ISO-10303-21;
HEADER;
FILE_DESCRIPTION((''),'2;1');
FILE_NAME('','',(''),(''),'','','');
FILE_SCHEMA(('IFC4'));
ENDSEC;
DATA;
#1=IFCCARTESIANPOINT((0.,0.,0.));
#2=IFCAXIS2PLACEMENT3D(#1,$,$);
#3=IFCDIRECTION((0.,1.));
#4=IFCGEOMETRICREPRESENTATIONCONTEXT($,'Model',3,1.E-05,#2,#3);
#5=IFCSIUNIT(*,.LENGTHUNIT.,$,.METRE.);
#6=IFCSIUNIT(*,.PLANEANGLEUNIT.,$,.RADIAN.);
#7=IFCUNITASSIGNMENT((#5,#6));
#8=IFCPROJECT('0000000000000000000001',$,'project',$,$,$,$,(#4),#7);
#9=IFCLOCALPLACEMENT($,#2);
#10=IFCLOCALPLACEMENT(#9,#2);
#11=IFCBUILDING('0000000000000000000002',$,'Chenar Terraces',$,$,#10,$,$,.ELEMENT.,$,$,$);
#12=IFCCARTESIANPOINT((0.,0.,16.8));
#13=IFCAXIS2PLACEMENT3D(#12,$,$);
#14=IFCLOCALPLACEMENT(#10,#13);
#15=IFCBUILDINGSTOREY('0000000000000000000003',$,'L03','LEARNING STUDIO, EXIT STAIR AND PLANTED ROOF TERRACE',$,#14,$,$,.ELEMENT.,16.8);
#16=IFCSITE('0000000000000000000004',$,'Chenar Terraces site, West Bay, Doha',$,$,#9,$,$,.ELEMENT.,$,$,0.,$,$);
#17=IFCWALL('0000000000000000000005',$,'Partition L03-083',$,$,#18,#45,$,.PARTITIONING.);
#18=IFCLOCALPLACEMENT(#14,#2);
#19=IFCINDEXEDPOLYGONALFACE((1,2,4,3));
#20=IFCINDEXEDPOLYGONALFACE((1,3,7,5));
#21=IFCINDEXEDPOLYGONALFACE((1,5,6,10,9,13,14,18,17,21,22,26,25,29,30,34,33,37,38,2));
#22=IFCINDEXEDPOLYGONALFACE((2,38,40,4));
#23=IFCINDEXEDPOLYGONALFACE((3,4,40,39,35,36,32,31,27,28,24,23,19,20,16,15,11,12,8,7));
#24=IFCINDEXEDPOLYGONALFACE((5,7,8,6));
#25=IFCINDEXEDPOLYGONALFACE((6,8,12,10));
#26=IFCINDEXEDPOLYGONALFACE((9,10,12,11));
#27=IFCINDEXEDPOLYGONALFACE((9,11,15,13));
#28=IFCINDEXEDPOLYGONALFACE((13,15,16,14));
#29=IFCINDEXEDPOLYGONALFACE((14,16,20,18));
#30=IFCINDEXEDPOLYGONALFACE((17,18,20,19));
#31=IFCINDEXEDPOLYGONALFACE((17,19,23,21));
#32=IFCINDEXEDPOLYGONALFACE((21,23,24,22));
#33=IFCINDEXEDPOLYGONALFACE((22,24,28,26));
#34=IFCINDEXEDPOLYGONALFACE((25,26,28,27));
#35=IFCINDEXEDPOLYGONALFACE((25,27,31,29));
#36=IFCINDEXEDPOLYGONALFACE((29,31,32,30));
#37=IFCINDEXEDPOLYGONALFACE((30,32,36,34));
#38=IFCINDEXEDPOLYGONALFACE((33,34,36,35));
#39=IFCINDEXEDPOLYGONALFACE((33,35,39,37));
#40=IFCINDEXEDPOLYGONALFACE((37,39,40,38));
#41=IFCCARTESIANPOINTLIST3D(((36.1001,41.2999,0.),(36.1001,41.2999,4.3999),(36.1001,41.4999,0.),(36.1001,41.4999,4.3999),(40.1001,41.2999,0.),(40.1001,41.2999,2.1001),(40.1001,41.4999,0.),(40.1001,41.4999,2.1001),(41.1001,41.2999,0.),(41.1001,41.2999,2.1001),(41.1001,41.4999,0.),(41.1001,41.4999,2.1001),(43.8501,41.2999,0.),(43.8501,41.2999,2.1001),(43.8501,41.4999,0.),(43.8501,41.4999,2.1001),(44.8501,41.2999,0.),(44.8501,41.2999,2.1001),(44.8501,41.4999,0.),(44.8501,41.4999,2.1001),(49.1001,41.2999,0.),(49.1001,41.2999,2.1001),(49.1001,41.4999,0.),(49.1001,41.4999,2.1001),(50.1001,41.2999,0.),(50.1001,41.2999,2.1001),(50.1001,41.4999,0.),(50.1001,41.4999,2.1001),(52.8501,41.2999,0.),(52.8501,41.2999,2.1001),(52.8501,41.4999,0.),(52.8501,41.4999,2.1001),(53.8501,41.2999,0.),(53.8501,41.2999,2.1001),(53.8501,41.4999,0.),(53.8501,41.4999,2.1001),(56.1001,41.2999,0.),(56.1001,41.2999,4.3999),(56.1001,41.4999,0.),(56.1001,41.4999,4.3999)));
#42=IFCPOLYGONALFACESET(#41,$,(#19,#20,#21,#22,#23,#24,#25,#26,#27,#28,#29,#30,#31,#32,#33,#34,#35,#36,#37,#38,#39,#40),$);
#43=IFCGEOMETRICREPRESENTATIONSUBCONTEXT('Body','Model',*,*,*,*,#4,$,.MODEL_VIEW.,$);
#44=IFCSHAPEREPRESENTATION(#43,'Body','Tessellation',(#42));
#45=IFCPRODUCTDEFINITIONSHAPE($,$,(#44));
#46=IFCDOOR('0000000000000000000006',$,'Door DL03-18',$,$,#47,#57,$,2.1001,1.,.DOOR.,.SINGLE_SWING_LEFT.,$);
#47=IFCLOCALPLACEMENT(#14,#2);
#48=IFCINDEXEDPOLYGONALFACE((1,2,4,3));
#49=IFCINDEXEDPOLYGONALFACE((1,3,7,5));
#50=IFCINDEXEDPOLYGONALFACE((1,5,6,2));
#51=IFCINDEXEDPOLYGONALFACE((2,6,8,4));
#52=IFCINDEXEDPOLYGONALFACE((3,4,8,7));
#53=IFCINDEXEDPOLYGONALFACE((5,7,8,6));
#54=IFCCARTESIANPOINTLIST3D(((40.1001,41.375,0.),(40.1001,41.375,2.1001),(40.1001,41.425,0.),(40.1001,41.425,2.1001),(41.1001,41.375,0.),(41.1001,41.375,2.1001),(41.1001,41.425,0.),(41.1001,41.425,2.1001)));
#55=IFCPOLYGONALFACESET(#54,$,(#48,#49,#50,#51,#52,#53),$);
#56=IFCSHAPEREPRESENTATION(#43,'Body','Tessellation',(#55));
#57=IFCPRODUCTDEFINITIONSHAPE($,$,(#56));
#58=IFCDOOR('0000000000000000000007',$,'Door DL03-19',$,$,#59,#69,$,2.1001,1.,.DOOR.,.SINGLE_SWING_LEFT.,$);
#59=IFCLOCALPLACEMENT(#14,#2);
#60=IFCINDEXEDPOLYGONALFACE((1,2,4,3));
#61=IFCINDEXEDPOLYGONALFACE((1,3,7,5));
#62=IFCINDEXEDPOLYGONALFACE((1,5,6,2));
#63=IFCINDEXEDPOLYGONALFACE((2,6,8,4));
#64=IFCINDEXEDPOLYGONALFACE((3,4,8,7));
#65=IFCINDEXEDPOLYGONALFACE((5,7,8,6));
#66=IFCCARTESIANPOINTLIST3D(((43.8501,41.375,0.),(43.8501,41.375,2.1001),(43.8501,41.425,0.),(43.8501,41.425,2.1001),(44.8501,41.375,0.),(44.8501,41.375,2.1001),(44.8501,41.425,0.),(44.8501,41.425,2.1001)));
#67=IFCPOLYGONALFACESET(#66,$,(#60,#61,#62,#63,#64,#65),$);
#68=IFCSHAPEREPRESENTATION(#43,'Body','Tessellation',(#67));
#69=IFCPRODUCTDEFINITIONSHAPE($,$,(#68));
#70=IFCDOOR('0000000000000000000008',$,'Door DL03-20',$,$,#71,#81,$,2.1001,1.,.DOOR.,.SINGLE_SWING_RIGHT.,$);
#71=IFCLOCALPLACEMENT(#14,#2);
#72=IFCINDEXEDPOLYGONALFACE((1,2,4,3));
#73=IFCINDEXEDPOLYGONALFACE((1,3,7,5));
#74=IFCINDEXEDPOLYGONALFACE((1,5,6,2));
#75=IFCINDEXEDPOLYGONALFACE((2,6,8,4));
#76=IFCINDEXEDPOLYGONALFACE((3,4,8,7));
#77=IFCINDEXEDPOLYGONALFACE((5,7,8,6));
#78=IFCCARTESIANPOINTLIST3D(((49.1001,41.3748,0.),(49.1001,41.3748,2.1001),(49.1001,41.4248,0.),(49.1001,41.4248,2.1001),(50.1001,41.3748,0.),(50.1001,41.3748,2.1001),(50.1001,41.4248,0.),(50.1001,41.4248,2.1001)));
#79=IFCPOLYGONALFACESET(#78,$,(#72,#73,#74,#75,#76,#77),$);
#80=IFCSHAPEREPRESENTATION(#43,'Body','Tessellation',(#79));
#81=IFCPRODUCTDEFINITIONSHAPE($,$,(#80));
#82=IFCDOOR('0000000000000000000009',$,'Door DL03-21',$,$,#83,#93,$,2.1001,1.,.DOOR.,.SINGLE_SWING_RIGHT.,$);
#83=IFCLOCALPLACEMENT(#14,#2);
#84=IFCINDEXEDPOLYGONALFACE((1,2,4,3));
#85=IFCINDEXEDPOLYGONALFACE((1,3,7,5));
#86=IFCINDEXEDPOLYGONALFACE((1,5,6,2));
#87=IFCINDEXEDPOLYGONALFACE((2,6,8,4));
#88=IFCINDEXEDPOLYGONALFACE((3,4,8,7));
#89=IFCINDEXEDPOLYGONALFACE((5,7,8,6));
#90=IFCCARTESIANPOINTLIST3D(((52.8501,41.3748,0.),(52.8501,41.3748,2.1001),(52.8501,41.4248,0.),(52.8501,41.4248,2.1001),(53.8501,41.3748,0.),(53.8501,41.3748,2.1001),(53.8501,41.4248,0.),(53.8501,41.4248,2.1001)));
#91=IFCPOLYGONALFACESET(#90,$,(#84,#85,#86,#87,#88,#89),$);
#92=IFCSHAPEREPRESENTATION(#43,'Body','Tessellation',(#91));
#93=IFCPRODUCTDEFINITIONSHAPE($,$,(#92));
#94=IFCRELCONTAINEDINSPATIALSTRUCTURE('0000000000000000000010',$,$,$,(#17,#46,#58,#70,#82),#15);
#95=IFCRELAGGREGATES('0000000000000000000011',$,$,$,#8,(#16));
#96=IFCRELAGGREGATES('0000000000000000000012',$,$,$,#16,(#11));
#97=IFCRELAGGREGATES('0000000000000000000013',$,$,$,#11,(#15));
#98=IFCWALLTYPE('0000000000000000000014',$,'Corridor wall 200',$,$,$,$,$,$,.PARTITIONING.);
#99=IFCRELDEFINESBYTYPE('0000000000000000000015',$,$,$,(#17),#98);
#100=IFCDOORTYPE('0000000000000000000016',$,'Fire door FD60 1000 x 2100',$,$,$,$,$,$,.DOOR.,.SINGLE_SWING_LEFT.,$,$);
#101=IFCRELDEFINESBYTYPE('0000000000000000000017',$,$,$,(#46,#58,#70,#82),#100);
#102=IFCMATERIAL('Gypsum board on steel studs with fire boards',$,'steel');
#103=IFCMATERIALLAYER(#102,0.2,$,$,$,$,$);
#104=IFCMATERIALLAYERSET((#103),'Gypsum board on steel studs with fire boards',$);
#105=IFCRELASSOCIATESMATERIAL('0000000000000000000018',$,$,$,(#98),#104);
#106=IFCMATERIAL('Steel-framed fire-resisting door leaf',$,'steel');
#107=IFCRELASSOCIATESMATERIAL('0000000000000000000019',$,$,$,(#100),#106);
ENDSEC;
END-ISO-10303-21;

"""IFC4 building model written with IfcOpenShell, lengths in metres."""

from ifc_helpers import new_model, si_unit, direction, frame, frame_2d, origin, place, context, subcontext, project, spatial, rectangle, extrude, material, layer, layer_set, type_object, element, fill, save


model = new_model("IFC4")

# Units and contexts
model_context = context("Model", 3, precision=1e-05, world=origin(), true_north=direction((0.0, 1.0)))
body_context = subcontext(model_context, "Body", "Model", "MODEL_VIEW")
ifc_project = project(units=[si_unit("LENGTHUNIT", "METRE"), si_unit("PLANEANGLEUNIT", "RADIAN")], contexts=[model_context])

# Site, building, storey
site_placement = place(None, origin())
site = spatial("IfcSite", under=ifc_project, at=site_placement, Name="Chenar Terraces site, West Bay, Doha", CompositionType="ELEMENT", RefElevation=0.0)
building_placement = place(site_placement, origin())
building = spatial("IfcBuilding", under=site, at=building_placement, Name="Chenar Terraces", CompositionType="ELEMENT")
storey_placement = place(building_placement, frame((0.0, 0.0, 16.8)))
storey = spatial("IfcBuildingStorey", under=building, at=storey_placement, Name="L03", Description="LEARNING STUDIO, EXIT STAIR AND PLANTED ROOF TERRACE", CompositionType="ELEMENT", Elevation=16.8)

# Wall, openings, doors
ifc_material_1 = material(Name="Gypsum board on steel studs with fire boards", Category="steel")
ifc_layer_1 = layer(ifc_material_1, 0.2)
ifc_layer_set_1 = layer_set([ifc_layer_1], Name="Gypsum board on steel studs with fire boards")
wall_type_1 = type_object("IfcWallType", Name="Corridor wall 200", PredefinedType="PARTITIONING", material=ifc_layer_set_1)
ifc_material_2 = material(Name="Steel-framed fire-resisting door leaf", Category="steel")
door_type = type_object("IfcDoorType", Name="Fire door FD60 1000 x 2100", OperationType="SINGLE_SWING_LEFT", PredefinedType="DOOR", material=ifc_material_2)
wall_1_placement = place(storey_placement, frame((36.1001, 41.3999, 0.0), z_axis=(0.0, 0.0, 1.0), x_axis=(1.0, 0.0, 0.0)))
wall_1 = element("IfcWall", 1, at=wall_1_placement, inside=storey, type_object=wall_type_1, Name="Partition L03-083", PredefinedType="PARTITIONING", context=body_context, shape_type="SweptSolid", body=[
    extrude(rectangle(XDim=20.0, YDim=0.2, at=frame_2d((10.0, 0.0))), origin(), (0.0, 0.0, 1.0), 4.3999),
])
opening_1_placement = place(wall_1_placement, frame((4.0, 0.0, 0.0)))
opening_1 = element("IfcOpeningElement", 2, at=opening_1_placement, cuts=wall_1, PredefinedType="OPENING", context=body_context, shape_type="SweptSolid", body=[
    extrude(rectangle(XDim=1.0, YDim=2.1001, at=frame_2d((0.5, 1.05))), frame((0.0, 0.1099, 0.0), z_axis=(0.0, -1.0, 0.0), x_axis=(1.0, 0.0, 0.0)), (0.0, 0.0, 1.0), 0.22),
])
opening_2_placement = place(wall_1_placement, frame((7.75, 0.0, 0.0)))
opening_2 = element("IfcOpeningElement", 3, at=opening_2_placement, cuts=wall_1, PredefinedType="OPENING", context=body_context, shape_type="SweptSolid", body=[
    extrude(rectangle(XDim=1.0, YDim=2.1001, at=frame_2d((0.5, 1.05))), frame((0.0, 0.1099, 0.0), z_axis=(0.0, -1.0, 0.0), x_axis=(1.0, 0.0, 0.0)), (0.0, 0.0, 1.0), 0.22),
])
opening_3_placement = place(wall_1_placement, frame((13.0, 0.0, 0.0)))
opening_3 = element("IfcOpeningElement", 4, at=opening_3_placement, cuts=wall_1, PredefinedType="OPENING", context=body_context, shape_type="SweptSolid", body=[
    extrude(rectangle(XDim=1.0, YDim=2.1001, at=frame_2d((0.5, 1.05))), frame((0.0, 0.1099, 0.0), z_axis=(0.0, -1.0, 0.0), x_axis=(1.0, 0.0, 0.0)), (0.0, 0.0, 1.0), 0.22),
])
opening_4_placement = place(wall_1_placement, frame((16.75, 0.0, 0.0)))
opening_4 = element("IfcOpeningElement", 5, at=opening_4_placement, cuts=wall_1, PredefinedType="OPENING", context=body_context, shape_type="SweptSolid", body=[
    extrude(rectangle(XDim=1.0, YDim=2.1001, at=frame_2d((0.5, 1.05))), frame((0.0, 0.1099, 0.0), z_axis=(0.0, -1.0, 0.0), x_axis=(1.0, 0.0, 0.0)), (0.0, 0.0, 1.0), 0.22),
])
door_1_placement = place(opening_1_placement, frame((1.0, 0.0, 0.0), z_axis=(0.0, 0.0, 1.0), x_axis=(-1.0, 0.0, 0.0)))
door_1 = element("IfcDoor", 6, at=door_1_placement, inside=storey, type_object=door_type, Name="Door DL03-18", OperationType="SINGLE_SWING_LEFT", OverallHeight=2.1001, OverallWidth=1.0, PredefinedType="DOOR", context=body_context, shape_type="SweptSolid", body=[
    extrude(rectangle(XDim=1.0, YDim=2.1001, at=frame_2d((0.5, 1.05))), frame((0.0, 0.0249, 0.0), z_axis=(0.0, -1.0, 0.0), x_axis=(1.0, 0.0, 0.0)), (0.0, 0.0, 1.0), 0.05),
])
fill(opening_1, door_1)
door_2_placement = place(opening_2_placement, frame((1.0, 0.0, 0.0), z_axis=(0.0, 0.0, 1.0), x_axis=(-1.0, 0.0, 0.0)))
door_2 = element("IfcDoor", 7, at=door_2_placement, inside=storey, type_object=door_type, Name="Door DL03-19", OperationType="SINGLE_SWING_LEFT", OverallHeight=2.1001, OverallWidth=1.0, PredefinedType="DOOR", context=body_context, shape_type="SweptSolid", body=[
    extrude(rectangle(XDim=1.0, YDim=2.1001, at=frame_2d((0.5, 1.05))), frame((0.0, 0.0249, 0.0), z_axis=(0.0, -1.0, 0.0), x_axis=(1.0, 0.0, 0.0)), (0.0, 0.0, 1.0), 0.05),
])
fill(opening_2, door_2)
door_3_placement = place(opening_3_placement, origin())
door_3 = element("IfcDoor", 8, at=door_3_placement, inside=storey, type_object=door_type, Name="Door DL03-20", OperationType="SINGLE_SWING_RIGHT", OverallHeight=2.1001, OverallWidth=1.0, PredefinedType="DOOR", context=body_context, shape_type="SweptSolid", body=[
    extrude(rectangle(XDim=1.0, YDim=2.1001, at=frame_2d((0.5, 1.05))), frame((0.0, 0.0249, 0.0), z_axis=(0.0, -1.0, 0.0), x_axis=(1.0, 0.0, 0.0)), (0.0, 0.0, 1.0), 0.05),
])
fill(opening_3, door_3)
door_4_placement = place(opening_4_placement, origin())
door_4 = element("IfcDoor", 9, at=door_4_placement, inside=storey, type_object=door_type, Name="Door DL03-21", OperationType="SINGLE_SWING_RIGHT", OverallHeight=2.1001, OverallWidth=1.0, PredefinedType="DOOR", context=body_context, shape_type="SweptSolid", body=[
    extrude(rectangle(XDim=1.0, YDim=2.1001, at=frame_2d((0.5, 1.05))), frame((0.0, 0.0249, 0.0), z_axis=(0.0, -1.0, 0.0), x_axis=(1.0, 0.0, 0.0)), (0.0, 0.0, 1.0), 0.05),
])
fill(opening_4, door_4)

save(model, "model.ifc")
